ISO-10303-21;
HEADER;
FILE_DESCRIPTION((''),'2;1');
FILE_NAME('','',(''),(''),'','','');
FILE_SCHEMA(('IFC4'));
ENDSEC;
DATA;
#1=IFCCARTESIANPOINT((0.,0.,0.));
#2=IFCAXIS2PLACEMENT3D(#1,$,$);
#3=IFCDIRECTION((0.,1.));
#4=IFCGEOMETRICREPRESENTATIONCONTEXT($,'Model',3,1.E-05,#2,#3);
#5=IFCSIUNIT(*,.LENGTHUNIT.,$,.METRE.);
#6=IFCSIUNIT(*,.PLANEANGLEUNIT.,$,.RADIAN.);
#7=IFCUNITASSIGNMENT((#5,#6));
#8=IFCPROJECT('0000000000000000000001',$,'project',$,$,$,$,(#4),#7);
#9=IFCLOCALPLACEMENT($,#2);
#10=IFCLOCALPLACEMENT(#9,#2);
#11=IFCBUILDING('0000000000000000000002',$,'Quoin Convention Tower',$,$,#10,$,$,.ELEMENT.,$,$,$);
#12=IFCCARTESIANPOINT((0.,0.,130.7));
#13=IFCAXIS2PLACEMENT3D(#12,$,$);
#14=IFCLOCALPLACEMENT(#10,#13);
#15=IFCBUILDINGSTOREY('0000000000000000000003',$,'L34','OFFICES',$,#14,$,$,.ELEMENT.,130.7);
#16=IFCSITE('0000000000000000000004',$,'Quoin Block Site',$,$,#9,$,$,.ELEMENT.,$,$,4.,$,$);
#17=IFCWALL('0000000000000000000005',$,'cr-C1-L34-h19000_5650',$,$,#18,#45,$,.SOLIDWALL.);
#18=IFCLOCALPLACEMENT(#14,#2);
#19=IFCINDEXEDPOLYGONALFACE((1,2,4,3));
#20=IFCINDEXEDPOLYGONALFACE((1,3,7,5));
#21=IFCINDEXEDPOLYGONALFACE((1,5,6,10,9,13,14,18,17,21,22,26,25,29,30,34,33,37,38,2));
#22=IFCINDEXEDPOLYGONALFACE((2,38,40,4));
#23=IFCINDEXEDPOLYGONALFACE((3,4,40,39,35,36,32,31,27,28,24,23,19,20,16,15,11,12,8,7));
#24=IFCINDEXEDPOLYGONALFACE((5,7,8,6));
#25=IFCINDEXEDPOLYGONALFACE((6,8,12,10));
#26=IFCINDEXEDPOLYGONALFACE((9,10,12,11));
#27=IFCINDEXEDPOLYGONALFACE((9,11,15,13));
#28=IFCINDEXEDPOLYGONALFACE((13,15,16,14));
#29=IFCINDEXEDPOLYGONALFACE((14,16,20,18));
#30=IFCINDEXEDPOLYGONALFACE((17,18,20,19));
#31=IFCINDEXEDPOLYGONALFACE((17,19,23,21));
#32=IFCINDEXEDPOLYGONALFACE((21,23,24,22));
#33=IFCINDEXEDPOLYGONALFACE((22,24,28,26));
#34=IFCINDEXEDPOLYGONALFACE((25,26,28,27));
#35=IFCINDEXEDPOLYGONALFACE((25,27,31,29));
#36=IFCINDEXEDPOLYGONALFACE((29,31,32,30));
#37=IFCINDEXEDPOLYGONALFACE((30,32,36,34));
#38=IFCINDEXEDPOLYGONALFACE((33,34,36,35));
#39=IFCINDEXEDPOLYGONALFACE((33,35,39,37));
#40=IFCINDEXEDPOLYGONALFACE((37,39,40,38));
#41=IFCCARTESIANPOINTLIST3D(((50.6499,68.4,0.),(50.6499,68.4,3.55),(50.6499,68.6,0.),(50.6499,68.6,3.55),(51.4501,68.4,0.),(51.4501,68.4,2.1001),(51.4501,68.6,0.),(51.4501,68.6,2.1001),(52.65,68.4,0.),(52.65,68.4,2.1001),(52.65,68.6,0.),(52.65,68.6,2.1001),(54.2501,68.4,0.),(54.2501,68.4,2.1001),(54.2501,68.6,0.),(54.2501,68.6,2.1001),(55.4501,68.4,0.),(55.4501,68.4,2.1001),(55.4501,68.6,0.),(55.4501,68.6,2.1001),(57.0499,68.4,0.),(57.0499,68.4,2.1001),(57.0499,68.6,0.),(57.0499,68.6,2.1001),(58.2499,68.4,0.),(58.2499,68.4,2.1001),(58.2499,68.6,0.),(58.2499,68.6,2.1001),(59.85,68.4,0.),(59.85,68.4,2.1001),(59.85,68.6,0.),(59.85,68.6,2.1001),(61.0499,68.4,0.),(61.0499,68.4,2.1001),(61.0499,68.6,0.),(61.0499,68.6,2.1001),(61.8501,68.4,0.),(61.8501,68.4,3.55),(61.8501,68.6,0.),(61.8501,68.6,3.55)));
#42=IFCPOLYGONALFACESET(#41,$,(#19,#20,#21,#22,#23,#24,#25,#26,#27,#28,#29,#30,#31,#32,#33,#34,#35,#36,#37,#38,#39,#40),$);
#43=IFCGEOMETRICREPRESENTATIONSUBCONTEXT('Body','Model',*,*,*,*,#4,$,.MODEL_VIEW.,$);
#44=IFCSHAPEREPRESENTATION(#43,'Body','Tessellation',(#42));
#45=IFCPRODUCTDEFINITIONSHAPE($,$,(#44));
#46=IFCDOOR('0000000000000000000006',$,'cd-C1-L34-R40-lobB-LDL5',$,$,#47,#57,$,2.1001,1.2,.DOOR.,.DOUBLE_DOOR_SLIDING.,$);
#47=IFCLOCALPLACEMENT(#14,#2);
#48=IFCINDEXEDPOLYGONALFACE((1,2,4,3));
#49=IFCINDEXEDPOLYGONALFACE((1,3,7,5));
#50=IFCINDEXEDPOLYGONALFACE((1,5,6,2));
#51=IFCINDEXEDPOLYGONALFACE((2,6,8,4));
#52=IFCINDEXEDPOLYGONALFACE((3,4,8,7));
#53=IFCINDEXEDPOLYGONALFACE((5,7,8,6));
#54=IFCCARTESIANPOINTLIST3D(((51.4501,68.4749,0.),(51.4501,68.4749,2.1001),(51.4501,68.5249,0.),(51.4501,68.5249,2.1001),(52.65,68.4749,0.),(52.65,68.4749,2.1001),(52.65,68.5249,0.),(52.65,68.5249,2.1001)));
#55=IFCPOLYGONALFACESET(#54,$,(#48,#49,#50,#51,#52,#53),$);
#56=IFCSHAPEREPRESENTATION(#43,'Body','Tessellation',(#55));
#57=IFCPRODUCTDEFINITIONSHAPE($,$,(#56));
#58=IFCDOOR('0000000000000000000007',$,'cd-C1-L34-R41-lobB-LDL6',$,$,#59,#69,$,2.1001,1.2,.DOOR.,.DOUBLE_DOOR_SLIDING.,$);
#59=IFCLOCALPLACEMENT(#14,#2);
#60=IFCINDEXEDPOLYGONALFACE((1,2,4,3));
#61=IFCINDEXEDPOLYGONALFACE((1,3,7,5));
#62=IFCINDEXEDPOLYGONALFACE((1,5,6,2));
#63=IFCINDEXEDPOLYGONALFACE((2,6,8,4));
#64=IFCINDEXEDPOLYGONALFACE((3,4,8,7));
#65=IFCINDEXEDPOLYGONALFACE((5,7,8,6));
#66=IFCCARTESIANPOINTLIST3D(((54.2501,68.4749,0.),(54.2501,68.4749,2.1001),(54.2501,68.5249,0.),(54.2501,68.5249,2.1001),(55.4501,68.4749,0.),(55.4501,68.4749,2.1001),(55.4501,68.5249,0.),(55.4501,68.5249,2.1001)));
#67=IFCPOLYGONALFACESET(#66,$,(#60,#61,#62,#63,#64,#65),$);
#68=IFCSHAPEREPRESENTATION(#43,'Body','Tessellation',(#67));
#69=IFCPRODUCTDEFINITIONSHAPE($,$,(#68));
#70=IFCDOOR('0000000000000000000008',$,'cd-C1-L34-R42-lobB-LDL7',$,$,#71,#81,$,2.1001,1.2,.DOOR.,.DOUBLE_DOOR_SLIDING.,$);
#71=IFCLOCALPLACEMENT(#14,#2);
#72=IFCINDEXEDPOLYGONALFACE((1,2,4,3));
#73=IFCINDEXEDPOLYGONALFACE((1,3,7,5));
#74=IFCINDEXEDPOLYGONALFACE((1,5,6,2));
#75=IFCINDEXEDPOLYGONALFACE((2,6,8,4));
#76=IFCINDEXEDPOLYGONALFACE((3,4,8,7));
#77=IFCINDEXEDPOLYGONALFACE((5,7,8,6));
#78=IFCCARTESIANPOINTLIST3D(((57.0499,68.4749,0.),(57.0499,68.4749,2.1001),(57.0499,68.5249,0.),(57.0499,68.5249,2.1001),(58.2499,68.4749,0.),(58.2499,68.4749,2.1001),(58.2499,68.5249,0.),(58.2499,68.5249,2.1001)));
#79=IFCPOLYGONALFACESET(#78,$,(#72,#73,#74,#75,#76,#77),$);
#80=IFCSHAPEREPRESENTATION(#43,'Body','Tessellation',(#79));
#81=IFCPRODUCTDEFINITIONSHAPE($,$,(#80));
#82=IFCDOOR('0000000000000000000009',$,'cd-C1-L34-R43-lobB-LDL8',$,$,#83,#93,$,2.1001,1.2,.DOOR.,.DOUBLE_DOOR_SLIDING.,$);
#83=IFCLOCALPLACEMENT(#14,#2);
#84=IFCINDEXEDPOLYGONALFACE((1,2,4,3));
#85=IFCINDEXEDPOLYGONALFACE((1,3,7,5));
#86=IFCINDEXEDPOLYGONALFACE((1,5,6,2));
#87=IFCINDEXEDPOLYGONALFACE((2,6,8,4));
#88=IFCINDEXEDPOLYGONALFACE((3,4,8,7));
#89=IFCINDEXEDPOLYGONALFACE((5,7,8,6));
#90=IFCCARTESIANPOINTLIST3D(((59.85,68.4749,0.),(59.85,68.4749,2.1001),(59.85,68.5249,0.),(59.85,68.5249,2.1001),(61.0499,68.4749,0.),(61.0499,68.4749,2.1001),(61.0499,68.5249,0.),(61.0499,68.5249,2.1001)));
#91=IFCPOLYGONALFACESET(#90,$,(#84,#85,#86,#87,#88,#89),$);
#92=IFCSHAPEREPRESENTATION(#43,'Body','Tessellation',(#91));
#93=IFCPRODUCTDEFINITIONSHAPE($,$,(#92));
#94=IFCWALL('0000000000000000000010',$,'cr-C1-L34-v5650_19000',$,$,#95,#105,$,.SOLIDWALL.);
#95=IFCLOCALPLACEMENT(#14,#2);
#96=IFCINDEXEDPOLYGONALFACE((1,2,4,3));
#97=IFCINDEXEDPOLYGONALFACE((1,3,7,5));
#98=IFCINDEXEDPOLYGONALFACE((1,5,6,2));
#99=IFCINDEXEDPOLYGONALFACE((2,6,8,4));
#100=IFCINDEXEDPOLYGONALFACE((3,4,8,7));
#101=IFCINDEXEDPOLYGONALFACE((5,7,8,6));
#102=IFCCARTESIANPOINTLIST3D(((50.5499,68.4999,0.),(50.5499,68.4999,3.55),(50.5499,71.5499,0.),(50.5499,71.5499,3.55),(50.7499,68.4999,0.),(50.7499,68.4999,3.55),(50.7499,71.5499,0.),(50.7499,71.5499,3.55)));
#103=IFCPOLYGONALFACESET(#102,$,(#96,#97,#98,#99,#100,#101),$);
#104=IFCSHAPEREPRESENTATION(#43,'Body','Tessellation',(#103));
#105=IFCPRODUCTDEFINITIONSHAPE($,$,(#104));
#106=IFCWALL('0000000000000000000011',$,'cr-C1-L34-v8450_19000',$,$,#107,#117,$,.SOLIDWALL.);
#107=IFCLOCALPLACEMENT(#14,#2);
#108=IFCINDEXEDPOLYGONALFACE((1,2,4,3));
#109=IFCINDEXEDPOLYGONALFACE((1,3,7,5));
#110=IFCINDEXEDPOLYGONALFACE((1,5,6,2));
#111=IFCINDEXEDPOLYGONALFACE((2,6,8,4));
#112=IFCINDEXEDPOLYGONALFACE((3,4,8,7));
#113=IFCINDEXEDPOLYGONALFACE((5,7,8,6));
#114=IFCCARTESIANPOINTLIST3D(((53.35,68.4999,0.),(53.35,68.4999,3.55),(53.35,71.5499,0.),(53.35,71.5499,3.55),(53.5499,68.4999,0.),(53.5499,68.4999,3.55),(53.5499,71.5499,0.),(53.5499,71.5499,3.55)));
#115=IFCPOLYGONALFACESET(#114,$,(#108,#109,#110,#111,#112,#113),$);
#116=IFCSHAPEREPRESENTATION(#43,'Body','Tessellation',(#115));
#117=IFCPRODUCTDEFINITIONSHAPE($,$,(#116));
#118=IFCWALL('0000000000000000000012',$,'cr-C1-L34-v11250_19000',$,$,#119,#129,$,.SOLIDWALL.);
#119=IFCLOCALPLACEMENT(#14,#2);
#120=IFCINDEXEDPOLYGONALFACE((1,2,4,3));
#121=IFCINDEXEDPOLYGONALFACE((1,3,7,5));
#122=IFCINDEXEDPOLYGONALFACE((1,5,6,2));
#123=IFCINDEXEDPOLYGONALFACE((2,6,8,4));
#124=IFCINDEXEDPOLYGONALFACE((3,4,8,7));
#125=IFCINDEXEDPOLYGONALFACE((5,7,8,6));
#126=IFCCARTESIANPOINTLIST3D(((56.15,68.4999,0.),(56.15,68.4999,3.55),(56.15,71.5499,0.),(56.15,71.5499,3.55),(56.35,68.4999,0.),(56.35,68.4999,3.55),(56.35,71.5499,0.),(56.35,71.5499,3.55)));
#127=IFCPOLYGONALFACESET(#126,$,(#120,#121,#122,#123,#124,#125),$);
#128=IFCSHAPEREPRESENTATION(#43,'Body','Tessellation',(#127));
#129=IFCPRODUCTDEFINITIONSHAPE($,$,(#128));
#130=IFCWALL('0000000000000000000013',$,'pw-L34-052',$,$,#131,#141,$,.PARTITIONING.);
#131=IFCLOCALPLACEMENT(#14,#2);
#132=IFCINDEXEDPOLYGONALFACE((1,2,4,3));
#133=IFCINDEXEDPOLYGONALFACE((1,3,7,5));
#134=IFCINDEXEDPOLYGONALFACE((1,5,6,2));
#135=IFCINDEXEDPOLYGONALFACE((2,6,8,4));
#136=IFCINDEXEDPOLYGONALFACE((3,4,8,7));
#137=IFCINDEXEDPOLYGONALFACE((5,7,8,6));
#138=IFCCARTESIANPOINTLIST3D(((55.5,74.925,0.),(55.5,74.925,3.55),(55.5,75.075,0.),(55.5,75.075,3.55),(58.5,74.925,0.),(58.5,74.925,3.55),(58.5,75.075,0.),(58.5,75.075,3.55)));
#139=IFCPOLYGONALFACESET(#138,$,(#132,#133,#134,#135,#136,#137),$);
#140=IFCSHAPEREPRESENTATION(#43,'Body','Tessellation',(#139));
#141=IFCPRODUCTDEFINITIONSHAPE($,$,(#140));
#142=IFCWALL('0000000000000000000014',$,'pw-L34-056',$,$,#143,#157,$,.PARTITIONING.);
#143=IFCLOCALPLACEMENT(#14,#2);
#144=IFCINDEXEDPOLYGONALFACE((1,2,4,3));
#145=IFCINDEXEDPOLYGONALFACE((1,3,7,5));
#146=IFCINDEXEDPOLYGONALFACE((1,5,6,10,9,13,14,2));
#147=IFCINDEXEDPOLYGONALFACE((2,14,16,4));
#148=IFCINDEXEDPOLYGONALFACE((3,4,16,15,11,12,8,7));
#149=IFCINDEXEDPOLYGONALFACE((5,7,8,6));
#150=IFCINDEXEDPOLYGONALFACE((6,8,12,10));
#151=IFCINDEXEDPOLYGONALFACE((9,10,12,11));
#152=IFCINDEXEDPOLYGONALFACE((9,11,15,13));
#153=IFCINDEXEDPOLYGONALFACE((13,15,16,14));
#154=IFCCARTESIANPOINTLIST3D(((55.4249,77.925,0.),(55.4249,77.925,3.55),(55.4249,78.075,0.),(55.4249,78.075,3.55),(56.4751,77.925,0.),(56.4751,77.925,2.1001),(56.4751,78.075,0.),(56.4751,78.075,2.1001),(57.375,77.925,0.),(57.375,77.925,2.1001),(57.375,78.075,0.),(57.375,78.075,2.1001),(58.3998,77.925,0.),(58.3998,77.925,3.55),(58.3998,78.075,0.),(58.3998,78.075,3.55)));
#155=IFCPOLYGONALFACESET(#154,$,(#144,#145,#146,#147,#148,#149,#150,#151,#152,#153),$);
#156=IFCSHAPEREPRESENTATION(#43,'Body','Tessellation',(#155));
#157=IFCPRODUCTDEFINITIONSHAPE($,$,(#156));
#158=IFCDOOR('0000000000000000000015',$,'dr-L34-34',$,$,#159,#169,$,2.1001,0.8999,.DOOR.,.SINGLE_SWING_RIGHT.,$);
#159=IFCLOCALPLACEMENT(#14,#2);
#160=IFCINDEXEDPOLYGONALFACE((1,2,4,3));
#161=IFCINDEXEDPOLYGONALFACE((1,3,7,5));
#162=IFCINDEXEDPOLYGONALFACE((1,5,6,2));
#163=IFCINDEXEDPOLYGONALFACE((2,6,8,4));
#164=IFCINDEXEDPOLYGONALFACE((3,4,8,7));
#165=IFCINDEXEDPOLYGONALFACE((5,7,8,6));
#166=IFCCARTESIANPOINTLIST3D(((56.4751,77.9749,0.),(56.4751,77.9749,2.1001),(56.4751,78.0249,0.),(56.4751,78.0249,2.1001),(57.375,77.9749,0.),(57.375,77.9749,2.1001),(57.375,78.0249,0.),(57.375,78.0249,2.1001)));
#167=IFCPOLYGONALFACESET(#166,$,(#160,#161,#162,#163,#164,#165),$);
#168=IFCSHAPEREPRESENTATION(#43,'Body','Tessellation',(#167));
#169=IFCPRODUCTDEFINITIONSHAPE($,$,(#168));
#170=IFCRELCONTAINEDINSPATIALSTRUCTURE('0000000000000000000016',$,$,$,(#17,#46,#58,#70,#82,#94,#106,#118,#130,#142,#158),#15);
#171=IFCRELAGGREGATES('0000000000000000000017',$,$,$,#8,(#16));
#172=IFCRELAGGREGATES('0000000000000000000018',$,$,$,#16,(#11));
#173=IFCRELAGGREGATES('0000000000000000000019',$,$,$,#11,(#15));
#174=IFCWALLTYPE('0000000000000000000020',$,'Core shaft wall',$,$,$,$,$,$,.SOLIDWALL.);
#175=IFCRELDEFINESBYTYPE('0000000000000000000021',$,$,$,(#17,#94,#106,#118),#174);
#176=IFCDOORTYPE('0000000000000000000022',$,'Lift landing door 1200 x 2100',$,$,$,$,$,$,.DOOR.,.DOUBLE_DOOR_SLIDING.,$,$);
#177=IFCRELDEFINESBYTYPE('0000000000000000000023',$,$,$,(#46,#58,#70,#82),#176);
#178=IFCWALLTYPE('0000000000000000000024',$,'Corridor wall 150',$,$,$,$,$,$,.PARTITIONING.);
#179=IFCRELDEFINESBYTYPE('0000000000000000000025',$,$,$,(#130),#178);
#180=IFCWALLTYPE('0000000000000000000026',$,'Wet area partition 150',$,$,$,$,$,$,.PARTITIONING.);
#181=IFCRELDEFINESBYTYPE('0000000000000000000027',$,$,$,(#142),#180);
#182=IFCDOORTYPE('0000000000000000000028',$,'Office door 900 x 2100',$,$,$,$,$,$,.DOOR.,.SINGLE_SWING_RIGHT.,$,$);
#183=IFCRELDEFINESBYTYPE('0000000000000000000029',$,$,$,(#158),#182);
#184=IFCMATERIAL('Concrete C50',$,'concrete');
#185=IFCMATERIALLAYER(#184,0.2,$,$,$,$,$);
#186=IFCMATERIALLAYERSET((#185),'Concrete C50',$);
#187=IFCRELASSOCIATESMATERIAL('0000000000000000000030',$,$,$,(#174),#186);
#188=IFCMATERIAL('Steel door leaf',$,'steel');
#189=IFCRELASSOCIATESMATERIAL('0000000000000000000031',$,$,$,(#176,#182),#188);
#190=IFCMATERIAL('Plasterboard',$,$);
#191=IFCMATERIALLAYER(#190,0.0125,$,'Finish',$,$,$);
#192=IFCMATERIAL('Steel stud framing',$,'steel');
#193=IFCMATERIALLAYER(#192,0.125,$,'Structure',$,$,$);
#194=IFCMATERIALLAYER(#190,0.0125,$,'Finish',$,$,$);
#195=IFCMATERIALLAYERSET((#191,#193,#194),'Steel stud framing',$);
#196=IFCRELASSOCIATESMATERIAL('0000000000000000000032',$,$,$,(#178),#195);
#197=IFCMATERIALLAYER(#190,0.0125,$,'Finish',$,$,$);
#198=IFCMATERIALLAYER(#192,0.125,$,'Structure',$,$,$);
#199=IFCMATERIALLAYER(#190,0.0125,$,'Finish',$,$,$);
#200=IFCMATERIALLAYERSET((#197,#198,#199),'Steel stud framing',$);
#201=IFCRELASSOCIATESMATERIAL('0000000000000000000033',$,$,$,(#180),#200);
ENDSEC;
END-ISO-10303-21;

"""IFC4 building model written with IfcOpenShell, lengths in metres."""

from ifc_helpers import new_model, si_unit, direction, frame, frame_2d, origin, place, context, subcontext, project, spatial, rectangle, extrude, material, layer, layer_set, type_object, element, fill, save


model = new_model("IFC4")

# Units and contexts
model_context = context("Model", 3, precision=1e-05, world=origin(), true_north=direction((0.0, 1.0)))
body_context = subcontext(model_context, "Body", "Model", "MODEL_VIEW")
ifc_project = project(units=[si_unit("LENGTHUNIT", "METRE"), si_unit("PLANEANGLEUNIT", "RADIAN")], contexts=[model_context])

# Site, building, storey
site_placement = place(None, origin())
site = spatial("IfcSite", under=ifc_project, at=site_placement, Name="Quoin Block Site", CompositionType="ELEMENT", RefElevation=4.0)
building_placement = place(site_placement, origin())
building = spatial("IfcBuilding", under=site, at=building_placement, Name="Quoin Convention Tower", CompositionType="ELEMENT")
storey_placement = place(building_placement, frame((0.0, 0.0, 130.7)))
storey = spatial("IfcBuildingStorey", under=building, at=storey_placement, Name="L34", Description="OFFICES", CompositionType="ELEMENT", Elevation=130.7)

# Wall, openings, doors
ifc_material_1 = material(Name="Concrete C50", Category="concrete")
ifc_layer_1 = layer(ifc_material_1, 0.2)
ifc_layer_set_1 = layer_set([ifc_layer_1], Name="Concrete C50")
wall_type_1 = type_object("IfcWallType", Name="Core shaft wall", PredefinedType="SOLIDWALL", material=ifc_layer_set_1)
wall_1_placement = place(storey_placement, frame((50.6499, 68.5, 0.0), z_axis=(0.0, 0.0, 1.0), x_axis=(1.0, 0.0, 0.0)))
wall_1 = element("IfcWall", 1, at=wall_1_placement, inside=storey, type_object=wall_type_1, Name="cr-C1-L34-h19000_5650", PredefinedType="SOLIDWALL", context=body_context, shape_type="SweptSolid", body=[
    extrude(rectangle(XDim=11.2002, YDim=0.2, at=frame_2d((5.6001, 0.0))), origin(), (0.0, 0.0, 1.0), 3.55),
])
opening_1_placement = place(wall_1_placement, frame((0.8, 0.0, 0.0)))
opening_1 = element("IfcOpeningElement", 2, at=opening_1_placement, cuts=wall_1, PredefinedType="OPENING", context=body_context, shape_type="SweptSolid", body=[
    extrude(rectangle(XDim=1.2, YDim=2.1001, at=frame_2d((0.6001, 1.05))), frame((0.0, 0.1099, 0.0), z_axis=(0.0, -1.0, 0.0), x_axis=(1.0, 0.0, 0.0)), (0.0, 0.0, 1.0), 0.22),
])
opening_2_placement = place(wall_1_placement, frame((3.6001, 0.0, 0.0)))
opening_2 = element("IfcOpeningElement", 3, at=opening_2_placement, cuts=wall_1, PredefinedType="OPENING", context=body_context, shape_type="SweptSolid", body=[
    extrude(rectangle(XDim=1.2, YDim=2.1001, at=frame_2d((0.6001, 1.05))), frame((0.0, 0.1099, 0.0), z_axis=(0.0, -1.0, 0.0), x_axis=(1.0, 0.0, 0.0)), (0.0, 0.0, 1.0), 0.22),
])
opening_3_placement = place(wall_1_placement, frame((6.3999, 0.0, 0.0)))
opening_3 = element("IfcOpeningElement", 4, at=opening_3_placement, cuts=wall_1, PredefinedType="OPENING", context=body_context, shape_type="SweptSolid", body=[
    extrude(rectangle(XDim=1.2, YDim=2.1001, at=frame_2d((0.6001, 1.05))), frame((0.0, 0.1099, 0.0), z_axis=(0.0, -1.0, 0.0), x_axis=(1.0, 0.0, 0.0)), (0.0, 0.0, 1.0), 0.22),
])
opening_4_placement = place(wall_1_placement, frame((9.2, 0.0, 0.0)))
opening_4 = element("IfcOpeningElement", 5, at=opening_4_placement, cuts=wall_1, PredefinedType="OPENING", context=body_context, shape_type="SweptSolid", body=[
    extrude(rectangle(XDim=1.2, YDim=2.1001, at=frame_2d((0.6001, 1.05))), frame((0.0, 0.1099, 0.0), z_axis=(0.0, -1.0, 0.0), x_axis=(1.0, 0.0, 0.0)), (0.0, 0.0, 1.0), 0.22),
])
ifc_material_2 = material(Name="Steel door leaf", Category="steel")
door_type_1 = type_object("IfcDoorType", Name="Lift landing door 1200 x 2100", OperationType="DOUBLE_DOOR_SLIDING", PredefinedType="DOOR", material=ifc_material_2)
door_1_placement = place(opening_1_placement, origin())
door_1 = element("IfcDoor", 6, at=door_1_placement, inside=storey, type_object=door_type_1, Name="cd-C1-L34-R40-lobB-LDL5", OperationType="DOUBLE_DOOR_SLIDING", OverallHeight=2.1001, OverallWidth=1.2, PredefinedType="DOOR", context=body_context, shape_type="SweptSolid", body=[
    extrude(rectangle(XDim=1.2, YDim=2.1001, at=frame_2d((0.6001, 1.05))), frame((0.0, 0.0249, 0.0), z_axis=(0.0, -1.0, 0.0), x_axis=(1.0, 0.0, 0.0)), (0.0, 0.0, 1.0), 0.05),
])
fill(opening_1, door_1)
door_2_placement = place(opening_2_placement, origin())
door_2 = element("IfcDoor", 7, at=door_2_placement, inside=storey, type_object=door_type_1, Name="cd-C1-L34-R41-lobB-LDL6", OperationType="DOUBLE_DOOR_SLIDING", OverallHeight=2.1001, OverallWidth=1.2, PredefinedType="DOOR", context=body_context, shape_type="SweptSolid", body=[
    extrude(rectangle(XDim=1.2, YDim=2.1001, at=frame_2d((0.6001, 1.05))), frame((0.0, 0.0249, 0.0), z_axis=(0.0, -1.0, 0.0), x_axis=(1.0, 0.0, 0.0)), (0.0, 0.0, 1.0), 0.05),
])
fill(opening_2, door_2)
door_3_placement = place(opening_3_placement, origin())
door_3 = element("IfcDoor", 8, at=door_3_placement, inside=storey, type_object=door_type_1, Name="cd-C1-L34-R42-lobB-LDL7", OperationType="DOUBLE_DOOR_SLIDING", OverallHeight=2.1001, OverallWidth=1.2, PredefinedType="DOOR", context=body_context, shape_type="SweptSolid", body=[
    extrude(rectangle(XDim=1.2, YDim=2.1001, at=frame_2d((0.6001, 1.05))), frame((0.0, 0.0249, 0.0), z_axis=(0.0, -1.0, 0.0), x_axis=(1.0, 0.0, 0.0)), (0.0, 0.0, 1.0), 0.05),
])
fill(opening_3, door_3)
door_4_placement = place(opening_4_placement, origin())
door_4 = element("IfcDoor", 9, at=door_4_placement, inside=storey, type_object=door_type_1, Name="cd-C1-L34-R43-lobB-LDL8", OperationType="DOUBLE_DOOR_SLIDING", OverallHeight=2.1001, OverallWidth=1.2, PredefinedType="DOOR", context=body_context, shape_type="SweptSolid", body=[
    extrude(rectangle(XDim=1.2, YDim=2.1001, at=frame_2d((0.6001, 1.05))), frame((0.0, 0.0249, 0.0), z_axis=(0.0, -1.0, 0.0), x_axis=(1.0, 0.0, 0.0)), (0.0, 0.0, 1.0), 0.05),
])
fill(opening_4, door_4)

# Walls
for number, where, z_axis, x_axis, name in (
    (10, (50.6499, 68.5, 0.0), (0.0, 0.0, 1.0), (0.0, 1.0, 0.0), "cr-C1-L34-v5650_19000"),
    (11, (53.45, 68.5, 0.0), (0.0, 0.0, 1.0), (0.0, 1.0, 0.0), "cr-C1-L34-v8450_19000"),
    (12, (56.25, 68.5, 0.0), (0.0, 0.0, 1.0), (0.0, 1.0, 0.0), "cr-C1-L34-v11250_19000"),
):
    element("IfcWall", number, at=place(storey_placement, frame(where, z_axis=z_axis, x_axis=x_axis)), inside=storey, type_object=wall_type_1, Name=name, PredefinedType="SOLIDWALL", context=body_context, shape_type="SweptSolid", body=[
        extrude(rectangle(XDim=3.05, YDim=0.2, at=frame_2d((1.5249, 0.0))), origin(), (0.0, 0.0, 1.0), 3.55),
    ])
ifc_material_3 = material(Name="Plasterboard")
ifc_layer_2 = layer(ifc_material_3, 0.0125, Name="Finish")
ifc_material_4 = material(Name="Steel stud framing", Category="steel")
ifc_layer_3 = layer(ifc_material_4, 0.125, Name="Structure")
ifc_layer_4 = layer(ifc_material_3, 0.0125, Name="Finish")
ifc_layer_set_2 = layer_set([ifc_layer_2, ifc_layer_3, ifc_layer_4], Name="Steel stud framing")
wall_type_2 = type_object("IfcWallType", Name="Corridor wall 150", PredefinedType="PARTITIONING", material=ifc_layer_set_2)
wall_2_placement = place(storey_placement, frame((55.5, 75.0, 0.0), z_axis=(0.0, 0.0, 1.0), x_axis=(1.0, 0.0, 0.0)))
element("IfcWall", 13, at=wall_2_placement, inside=storey, type_object=wall_type_2, Name="pw-L34-052", PredefinedType="PARTITIONING", context=body_context, shape_type="SweptSolid", body=[
    extrude(rectangle(XDim=3.0, YDim=0.1499, at=frame_2d((1.5, 0.0))), origin(), (0.0, 0.0, 1.0), 3.55),
])

# Wall, opening, door
ifc_layer_5 = layer(ifc_material_3, 0.0125, Name="Finish")
ifc_layer_6 = layer(ifc_material_4, 0.125, Name="Structure")
ifc_layer_7 = layer(ifc_material_3, 0.0125, Name="Finish")
ifc_layer_set_3 = layer_set([ifc_layer_5, ifc_layer_6, ifc_layer_7], Name="Steel stud framing")
wall_type_3 = type_object("IfcWallType", Name="Wet area partition 150", PredefinedType="PARTITIONING", material=ifc_layer_set_3)
wall_3_placement = place(storey_placement, frame((55.425, 78.0, 0.0), z_axis=(0.0, 0.0, 1.0), x_axis=(1.0, 0.0, 0.0)))
wall_3 = element("IfcWall", 14, at=wall_3_placement, inside=storey, type_object=wall_type_3, Name="pw-L34-056", PredefinedType="PARTITIONING", context=body_context, shape_type="SweptSolid", body=[
    extrude(rectangle(XDim=2.9749, YDim=0.1499, at=frame_2d((1.4873, 0.0))), origin(), (0.0, 0.0, 1.0), 3.55),
])
opening_5_placement = place(wall_3_placement, frame((1.05, 0.0, 0.0)))
opening_5 = element("IfcOpeningElement", 15, at=opening_5_placement, cuts=wall_3, PredefinedType="OPENING", context=body_context, shape_type="SweptSolid", body=[
    extrude(rectangle(XDim=0.8999, YDim=2.1001, at=frame_2d((0.45, 1.05))), frame((0.0, 0.085, 0.0), z_axis=(0.0, -1.0, 0.0), x_axis=(1.0, 0.0, 0.0)), (0.0, 0.0, 1.0), 0.1699),
])
door_type_2 = type_object("IfcDoorType", Name="Office door 900 x 2100", OperationType="SINGLE_SWING_RIGHT", PredefinedType="DOOR", material=ifc_material_2)
door_5_placement = place(opening_5_placement, origin())
door_5 = element("IfcDoor", 16, at=door_5_placement, inside=storey, type_object=door_type_2, Name="dr-L34-34", OperationType="SINGLE_SWING_RIGHT", OverallHeight=2.1001, OverallWidth=0.8999, PredefinedType="DOOR", context=body_context, shape_type="SweptSolid", body=[
    extrude(rectangle(XDim=0.8999, YDim=2.1001, at=frame_2d((0.45, 1.05))), frame((0.0, 0.0249, 0.0), z_axis=(0.0, -1.0, 0.0), x_axis=(1.0, 0.0, 0.0)), (0.0, 0.0, 1.0), 0.05),
])
fill(opening_5, door_5)

save(model, "model.ifc")
